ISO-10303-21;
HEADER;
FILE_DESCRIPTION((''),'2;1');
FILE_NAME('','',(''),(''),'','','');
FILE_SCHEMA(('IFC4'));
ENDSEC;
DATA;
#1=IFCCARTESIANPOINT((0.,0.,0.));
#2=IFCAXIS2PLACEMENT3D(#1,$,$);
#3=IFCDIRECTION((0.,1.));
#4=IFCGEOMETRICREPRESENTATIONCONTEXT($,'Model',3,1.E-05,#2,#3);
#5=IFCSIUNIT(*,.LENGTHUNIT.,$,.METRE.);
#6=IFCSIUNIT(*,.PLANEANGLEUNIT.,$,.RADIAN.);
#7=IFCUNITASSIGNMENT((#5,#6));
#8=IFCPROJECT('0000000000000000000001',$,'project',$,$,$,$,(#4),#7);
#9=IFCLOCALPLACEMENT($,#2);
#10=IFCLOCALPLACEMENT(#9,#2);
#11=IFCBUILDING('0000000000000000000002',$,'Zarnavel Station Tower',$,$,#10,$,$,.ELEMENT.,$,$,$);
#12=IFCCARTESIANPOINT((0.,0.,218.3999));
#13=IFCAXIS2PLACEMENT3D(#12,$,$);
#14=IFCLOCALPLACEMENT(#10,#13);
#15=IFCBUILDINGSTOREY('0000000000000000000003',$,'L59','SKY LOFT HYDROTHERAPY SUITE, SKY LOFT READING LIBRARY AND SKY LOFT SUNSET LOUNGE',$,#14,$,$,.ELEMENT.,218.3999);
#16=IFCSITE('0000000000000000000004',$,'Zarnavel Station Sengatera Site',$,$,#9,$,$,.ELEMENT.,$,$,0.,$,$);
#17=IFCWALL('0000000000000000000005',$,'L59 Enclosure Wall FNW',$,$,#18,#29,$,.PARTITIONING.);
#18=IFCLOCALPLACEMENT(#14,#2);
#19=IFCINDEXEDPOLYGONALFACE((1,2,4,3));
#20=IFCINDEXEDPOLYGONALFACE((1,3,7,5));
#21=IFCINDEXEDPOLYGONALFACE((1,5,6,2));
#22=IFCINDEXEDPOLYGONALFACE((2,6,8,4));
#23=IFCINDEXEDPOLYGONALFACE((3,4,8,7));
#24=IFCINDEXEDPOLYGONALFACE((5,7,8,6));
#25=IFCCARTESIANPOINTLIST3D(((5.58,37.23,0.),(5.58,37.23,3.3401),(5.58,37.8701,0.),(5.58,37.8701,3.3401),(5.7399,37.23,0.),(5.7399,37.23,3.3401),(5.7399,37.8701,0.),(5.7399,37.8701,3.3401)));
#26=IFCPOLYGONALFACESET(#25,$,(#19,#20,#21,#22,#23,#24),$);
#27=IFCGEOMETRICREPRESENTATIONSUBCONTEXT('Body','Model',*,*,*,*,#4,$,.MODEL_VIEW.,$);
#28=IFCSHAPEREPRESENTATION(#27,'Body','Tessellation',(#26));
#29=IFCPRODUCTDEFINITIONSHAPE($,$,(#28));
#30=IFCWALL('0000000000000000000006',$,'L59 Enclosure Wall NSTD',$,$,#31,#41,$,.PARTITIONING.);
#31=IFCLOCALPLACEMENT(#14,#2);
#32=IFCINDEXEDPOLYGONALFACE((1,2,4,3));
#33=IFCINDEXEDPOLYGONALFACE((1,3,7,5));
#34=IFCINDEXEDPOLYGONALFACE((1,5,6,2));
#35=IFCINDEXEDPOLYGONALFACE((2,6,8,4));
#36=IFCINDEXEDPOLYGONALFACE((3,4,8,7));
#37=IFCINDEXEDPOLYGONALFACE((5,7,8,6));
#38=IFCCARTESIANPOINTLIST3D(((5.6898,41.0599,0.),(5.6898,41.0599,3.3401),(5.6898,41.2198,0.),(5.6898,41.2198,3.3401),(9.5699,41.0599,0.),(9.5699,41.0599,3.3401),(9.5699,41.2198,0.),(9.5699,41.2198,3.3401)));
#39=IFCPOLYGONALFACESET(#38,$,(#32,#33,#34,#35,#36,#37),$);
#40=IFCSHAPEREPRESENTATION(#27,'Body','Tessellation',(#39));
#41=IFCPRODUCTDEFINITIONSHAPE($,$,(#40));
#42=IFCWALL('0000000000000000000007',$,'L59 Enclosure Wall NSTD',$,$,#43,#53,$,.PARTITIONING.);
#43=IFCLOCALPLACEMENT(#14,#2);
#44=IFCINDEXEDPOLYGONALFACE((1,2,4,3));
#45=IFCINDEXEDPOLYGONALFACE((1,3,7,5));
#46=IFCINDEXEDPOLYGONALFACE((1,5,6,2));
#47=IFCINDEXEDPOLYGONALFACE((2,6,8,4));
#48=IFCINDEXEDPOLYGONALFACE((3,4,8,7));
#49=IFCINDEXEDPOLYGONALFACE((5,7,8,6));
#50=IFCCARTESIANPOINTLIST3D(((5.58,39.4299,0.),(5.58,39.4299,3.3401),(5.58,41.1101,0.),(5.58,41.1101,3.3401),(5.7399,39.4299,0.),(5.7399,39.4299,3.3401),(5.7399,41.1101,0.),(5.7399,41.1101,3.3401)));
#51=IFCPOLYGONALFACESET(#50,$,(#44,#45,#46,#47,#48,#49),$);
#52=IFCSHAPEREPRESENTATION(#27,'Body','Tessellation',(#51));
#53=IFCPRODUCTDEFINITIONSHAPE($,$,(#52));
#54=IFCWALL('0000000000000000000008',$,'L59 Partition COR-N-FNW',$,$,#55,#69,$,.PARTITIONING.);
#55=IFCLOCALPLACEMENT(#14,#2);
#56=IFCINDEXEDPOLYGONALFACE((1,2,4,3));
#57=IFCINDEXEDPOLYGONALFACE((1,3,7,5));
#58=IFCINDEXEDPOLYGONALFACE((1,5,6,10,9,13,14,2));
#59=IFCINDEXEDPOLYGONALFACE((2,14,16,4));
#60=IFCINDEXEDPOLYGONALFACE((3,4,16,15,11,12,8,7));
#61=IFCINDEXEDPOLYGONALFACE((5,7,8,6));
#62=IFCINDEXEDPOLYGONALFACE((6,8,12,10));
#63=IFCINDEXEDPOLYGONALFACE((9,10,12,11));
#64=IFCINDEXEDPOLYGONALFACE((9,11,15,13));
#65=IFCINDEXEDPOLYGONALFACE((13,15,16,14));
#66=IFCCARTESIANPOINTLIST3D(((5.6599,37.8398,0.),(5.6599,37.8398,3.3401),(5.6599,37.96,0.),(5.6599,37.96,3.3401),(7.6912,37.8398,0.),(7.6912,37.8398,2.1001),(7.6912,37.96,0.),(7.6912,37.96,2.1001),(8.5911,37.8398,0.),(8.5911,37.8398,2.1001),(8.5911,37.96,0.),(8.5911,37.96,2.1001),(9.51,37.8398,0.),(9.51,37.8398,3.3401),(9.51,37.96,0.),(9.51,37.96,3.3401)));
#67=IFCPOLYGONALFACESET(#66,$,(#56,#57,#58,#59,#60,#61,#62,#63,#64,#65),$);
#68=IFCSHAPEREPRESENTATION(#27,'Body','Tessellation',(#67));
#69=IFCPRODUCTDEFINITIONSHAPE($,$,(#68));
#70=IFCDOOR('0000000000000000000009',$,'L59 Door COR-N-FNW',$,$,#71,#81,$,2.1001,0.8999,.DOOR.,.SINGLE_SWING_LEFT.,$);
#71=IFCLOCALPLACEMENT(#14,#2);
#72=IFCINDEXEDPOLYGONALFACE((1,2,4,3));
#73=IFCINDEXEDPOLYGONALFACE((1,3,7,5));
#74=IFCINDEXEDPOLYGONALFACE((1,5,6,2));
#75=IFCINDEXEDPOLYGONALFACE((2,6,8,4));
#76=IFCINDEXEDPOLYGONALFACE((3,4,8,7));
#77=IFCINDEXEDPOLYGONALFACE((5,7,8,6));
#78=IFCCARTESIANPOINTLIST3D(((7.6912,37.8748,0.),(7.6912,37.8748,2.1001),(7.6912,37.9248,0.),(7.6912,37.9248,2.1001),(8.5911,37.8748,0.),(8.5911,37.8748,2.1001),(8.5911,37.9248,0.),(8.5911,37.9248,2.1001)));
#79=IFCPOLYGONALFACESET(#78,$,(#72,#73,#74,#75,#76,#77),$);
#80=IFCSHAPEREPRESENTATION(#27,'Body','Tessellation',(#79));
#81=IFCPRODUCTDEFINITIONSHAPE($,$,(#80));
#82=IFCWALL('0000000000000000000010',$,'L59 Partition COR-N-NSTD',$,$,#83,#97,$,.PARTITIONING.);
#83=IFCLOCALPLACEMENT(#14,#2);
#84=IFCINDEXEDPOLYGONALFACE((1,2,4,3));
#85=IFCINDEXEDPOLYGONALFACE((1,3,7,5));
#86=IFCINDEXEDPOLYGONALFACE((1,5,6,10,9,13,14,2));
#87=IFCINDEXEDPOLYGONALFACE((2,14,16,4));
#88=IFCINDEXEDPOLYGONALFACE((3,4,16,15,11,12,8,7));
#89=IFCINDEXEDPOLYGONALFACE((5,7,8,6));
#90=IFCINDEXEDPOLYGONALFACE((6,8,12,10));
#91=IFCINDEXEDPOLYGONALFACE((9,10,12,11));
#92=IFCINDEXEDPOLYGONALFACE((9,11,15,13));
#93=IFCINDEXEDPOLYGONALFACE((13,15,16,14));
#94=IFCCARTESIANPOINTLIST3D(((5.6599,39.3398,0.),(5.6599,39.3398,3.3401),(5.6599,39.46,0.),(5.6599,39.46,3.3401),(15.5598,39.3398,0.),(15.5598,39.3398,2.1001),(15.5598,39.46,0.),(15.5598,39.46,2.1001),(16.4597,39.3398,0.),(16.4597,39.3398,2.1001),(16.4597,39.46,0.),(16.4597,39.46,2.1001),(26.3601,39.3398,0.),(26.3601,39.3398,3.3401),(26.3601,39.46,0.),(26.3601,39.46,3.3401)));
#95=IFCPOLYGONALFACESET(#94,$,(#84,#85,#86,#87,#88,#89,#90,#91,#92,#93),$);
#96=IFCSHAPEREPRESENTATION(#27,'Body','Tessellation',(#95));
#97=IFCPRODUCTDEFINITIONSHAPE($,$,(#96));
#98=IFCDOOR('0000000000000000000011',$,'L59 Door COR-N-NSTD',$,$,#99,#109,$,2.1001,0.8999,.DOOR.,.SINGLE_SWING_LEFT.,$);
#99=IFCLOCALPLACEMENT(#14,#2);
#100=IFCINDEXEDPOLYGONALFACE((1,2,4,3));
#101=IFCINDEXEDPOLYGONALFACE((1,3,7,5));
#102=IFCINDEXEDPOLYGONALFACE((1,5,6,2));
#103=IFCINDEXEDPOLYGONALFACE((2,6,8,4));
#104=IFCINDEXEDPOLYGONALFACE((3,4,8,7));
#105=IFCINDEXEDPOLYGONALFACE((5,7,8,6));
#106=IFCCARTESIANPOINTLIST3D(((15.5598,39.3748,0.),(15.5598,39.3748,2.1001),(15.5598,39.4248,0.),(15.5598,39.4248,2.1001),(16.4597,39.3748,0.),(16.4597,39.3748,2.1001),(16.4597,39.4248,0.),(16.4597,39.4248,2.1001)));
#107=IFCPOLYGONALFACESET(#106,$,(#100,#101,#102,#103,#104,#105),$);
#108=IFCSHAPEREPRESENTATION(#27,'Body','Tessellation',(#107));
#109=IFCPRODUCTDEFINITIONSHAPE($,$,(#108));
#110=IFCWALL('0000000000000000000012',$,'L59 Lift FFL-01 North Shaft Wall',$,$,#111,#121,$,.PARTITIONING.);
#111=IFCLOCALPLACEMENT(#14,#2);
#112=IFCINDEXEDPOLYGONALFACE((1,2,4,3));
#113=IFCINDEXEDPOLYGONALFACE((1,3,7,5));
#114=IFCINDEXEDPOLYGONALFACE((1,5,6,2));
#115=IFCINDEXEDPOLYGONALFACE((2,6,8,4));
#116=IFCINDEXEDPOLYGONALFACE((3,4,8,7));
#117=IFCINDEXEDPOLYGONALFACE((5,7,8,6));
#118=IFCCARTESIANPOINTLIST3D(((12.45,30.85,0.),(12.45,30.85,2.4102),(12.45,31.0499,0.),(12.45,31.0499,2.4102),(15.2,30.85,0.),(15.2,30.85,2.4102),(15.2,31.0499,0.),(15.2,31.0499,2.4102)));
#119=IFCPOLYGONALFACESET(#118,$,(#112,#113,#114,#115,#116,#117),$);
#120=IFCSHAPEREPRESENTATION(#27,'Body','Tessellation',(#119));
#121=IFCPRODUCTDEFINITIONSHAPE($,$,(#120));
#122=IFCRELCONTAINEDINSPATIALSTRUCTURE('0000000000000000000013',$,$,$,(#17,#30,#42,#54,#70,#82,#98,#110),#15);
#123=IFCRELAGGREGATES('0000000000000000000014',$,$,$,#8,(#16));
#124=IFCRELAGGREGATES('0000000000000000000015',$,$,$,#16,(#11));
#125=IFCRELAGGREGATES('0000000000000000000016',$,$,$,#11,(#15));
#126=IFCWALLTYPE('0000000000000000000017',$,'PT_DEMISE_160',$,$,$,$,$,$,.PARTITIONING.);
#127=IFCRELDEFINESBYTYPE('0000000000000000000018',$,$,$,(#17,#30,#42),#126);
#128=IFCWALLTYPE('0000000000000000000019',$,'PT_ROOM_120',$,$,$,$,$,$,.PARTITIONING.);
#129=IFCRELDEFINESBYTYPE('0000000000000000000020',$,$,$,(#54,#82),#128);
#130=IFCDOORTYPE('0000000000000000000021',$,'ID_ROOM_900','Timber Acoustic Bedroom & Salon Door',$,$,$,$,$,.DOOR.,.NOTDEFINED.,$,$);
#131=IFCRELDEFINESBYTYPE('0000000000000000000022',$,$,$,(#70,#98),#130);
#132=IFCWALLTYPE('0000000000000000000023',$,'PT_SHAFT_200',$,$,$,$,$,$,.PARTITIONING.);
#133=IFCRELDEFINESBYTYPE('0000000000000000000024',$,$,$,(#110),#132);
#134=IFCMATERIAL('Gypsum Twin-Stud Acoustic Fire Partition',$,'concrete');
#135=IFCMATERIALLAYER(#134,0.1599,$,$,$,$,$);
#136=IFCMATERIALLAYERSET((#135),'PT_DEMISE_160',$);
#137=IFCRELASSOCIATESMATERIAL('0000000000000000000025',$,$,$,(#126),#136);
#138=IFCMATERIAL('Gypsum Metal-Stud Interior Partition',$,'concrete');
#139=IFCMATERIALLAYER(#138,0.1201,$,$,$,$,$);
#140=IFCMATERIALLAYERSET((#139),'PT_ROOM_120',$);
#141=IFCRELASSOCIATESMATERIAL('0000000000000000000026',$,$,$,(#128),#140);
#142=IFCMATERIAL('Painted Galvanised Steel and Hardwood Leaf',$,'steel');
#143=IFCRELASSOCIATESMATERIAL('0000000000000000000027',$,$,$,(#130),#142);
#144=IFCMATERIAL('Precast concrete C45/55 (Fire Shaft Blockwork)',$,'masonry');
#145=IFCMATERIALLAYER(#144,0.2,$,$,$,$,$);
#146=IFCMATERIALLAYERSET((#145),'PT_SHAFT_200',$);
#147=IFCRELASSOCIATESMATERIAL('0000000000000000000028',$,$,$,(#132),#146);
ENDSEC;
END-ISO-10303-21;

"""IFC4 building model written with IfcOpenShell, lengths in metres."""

from ifc_helpers import new_model, si_unit, direction, frame, frame_2d, origin, place, context, subcontext, project, spatial, rectangle, extrude, material, layer, layer_set, type_object, element, fill, save


model = new_model("IFC4")

# Units and contexts
model_context = context("Model", 3, precision=1e-05, world=origin(), true_north=direction((0.0, 1.0)))
body_context = subcontext(model_context, "Body", "Model", "MODEL_VIEW")
ifc_project = project(units=[si_unit("LENGTHUNIT", "METRE"), si_unit("PLANEANGLEUNIT", "RADIAN")], contexts=[model_context])

# Site, building, storey
site_placement = place(None, origin())
site = spatial("IfcSite", under=ifc_project, at=site_placement, Name="Zarnavel Station Sengatera Site", CompositionType="ELEMENT", RefElevation=0.0)
building_placement = place(site_placement, origin())
building = spatial("IfcBuilding", under=site, at=building_placement, Name="Zarnavel Station Tower", CompositionType="ELEMENT")
storey_placement = place(building_placement, frame((0.0, 0.0, 218.3999)))
storey = spatial("IfcBuildingStorey", under=building, at=storey_placement, Name="L59", Description="SKY LOFT HYDROTHERAPY SUITE, SKY LOFT READING LIBRARY AND SKY LOFT SUNSET LOUNGE", CompositionType="ELEMENT", Elevation=218.3999)

# Walls
ifc_material_1 = material(Name="Gypsum Twin-Stud Acoustic Fire Partition", Category="concrete")
ifc_layer_1 = layer(ifc_material_1, 0.1599)
ifc_layer_set_1 = layer_set([ifc_layer_1], Name="PT_DEMISE_160")
wall_type_1 = type_object("IfcWallType", Name="PT_DEMISE_160", PredefinedType="PARTITIONING", material=ifc_layer_set_1)
wall_1_placement = place(storey_placement, frame((5.6599, 37.23, 0.0), z_axis=(0.0, 0.0, 1.0), x_axis=(0.0, 1.0, 0.0)))
element("IfcWall", 1, at=wall_1_placement, inside=storey, type_object=wall_type_1, Name="L59 Enclosure Wall FNW", PredefinedType="PARTITIONING", context=body_context, shape_type="SweptSolid", body=[
    extrude(rectangle(XDim=0.6401, YDim=0.1599, at=frame_2d((0.3201, 0.0))), origin(), (0.0, 0.0, 1.0), 3.3401),
])
wall_2_placement = place(storey_placement, frame((5.6899, 41.1399, 0.0), z_axis=(0.0, 0.0, 1.0), x_axis=(1.0, 0.0, 0.0)))
element("IfcWall", 2, at=wall_2_placement, inside=storey, type_object=wall_type_1, Name="L59 Enclosure Wall NSTD", PredefinedType="PARTITIONING", context=body_context, shape_type="SweptSolid", body=[
    extrude(rectangle(XDim=3.8801, YDim=0.1599, at=frame_2d((1.9399, 0.0))), origin(), (0.0, 0.0, 1.0), 3.3401),
])
wall_3_placement = place(storey_placement, frame((5.6599, 39.4299, 0.0), z_axis=(0.0, 0.0, 1.0), x_axis=(0.0, 1.0, 0.0)))
element("IfcWall", 3, at=wall_3_placement, inside=storey, type_object=wall_type_1, Name="L59 Enclosure Wall NSTD", PredefinedType="PARTITIONING", context=body_context, shape_type="SweptSolid", body=[
    extrude(rectangle(XDim=1.6802, YDim=0.1599, at=frame_2d((0.8401, 0.0))), origin(), (0.0, 0.0, 1.0), 3.3401),
])

# Walls, openings, doors
ifc_material_2 = material(Name="Gypsum Metal-Stud Interior Partition", Category="concrete")
ifc_layer_2 = layer(ifc_material_2, 0.1201)
ifc_layer_set_2 = layer_set([ifc_layer_2], Name="PT_ROOM_120")
wall_type_2 = type_object("IfcWallType", Name="PT_ROOM_120", PredefinedType="PARTITIONING", material=ifc_layer_set_2)
wall_4_placement = place(storey_placement, frame((5.6599, 37.8999, 0.0), z_axis=(0.0, 0.0, 1.0), x_axis=(1.0, 0.0, 0.0)))
wall_4 = element("IfcWall", 4, at=wall_4_placement, inside=storey, type_object=wall_type_2, Name="L59 Partition COR-N-FNW", PredefinedType="PARTITIONING", context=body_context, shape_type="SweptSolid", body=[
    extrude(rectangle(XDim=3.8501, YDim=0.1201, at=frame_2d((1.925, 0.0))), origin(), (0.0, 0.0, 1.0), 3.3401),
])
opening_1_placement = place(wall_4_placement, frame((2.0312, 0.0, 0.0)))
opening_1 = element("IfcOpeningElement", 5, at=opening_1_placement, cuts=wall_4, PredefinedType="OPENING", context=body_context, shape_type="SweptSolid", body=[
    extrude(rectangle(XDim=0.8999, YDim=2.1001, at=frame_2d((0.45, 1.05))), frame((0.0, 0.0701, 0.0), z_axis=(0.0, -1.0, 0.0), x_axis=(1.0, 0.0, 0.0)), (0.0, 0.0, 1.0), 0.1401),
])
ifc_material_3 = material(Name="Painted Galvanised Steel and Hardwood Leaf", Category="steel")
door_type = type_object("IfcDoorType", Name="ID_ROOM_900", Description="Timber Acoustic Bedroom & Salon Door", OperationType="NOTDEFINED", PredefinedType="DOOR", material=ifc_material_3)
door_1_placement = place(opening_1_placement, origin())
door_1 = element("IfcDoor", 6, at=door_1_placement, inside=storey, type_object=door_type, Name="L59 Door COR-N-FNW", OperationType="SINGLE_SWING_LEFT", OverallHeight=2.1001, OverallWidth=0.8999, PredefinedType="DOOR", context=body_context, shape_type="SweptSolid", body=[
    extrude(rectangle(XDim=0.8999, YDim=2.1001, at=frame_2d((0.45, 1.05))), frame((0.0, 0.0249, 0.0), z_axis=(0.0, -1.0, 0.0), x_axis=(1.0, 0.0, 0.0)), (0.0, 0.0, 1.0), 0.05),
])
fill(opening_1, door_1)
wall_5_placement = place(storey_placement, frame((5.6599, 39.3999, 0.0), z_axis=(0.0, 0.0, 1.0), x_axis=(1.0, 0.0, 0.0)))
wall_5 = element("IfcWall", 7, at=wall_5_placement, inside=storey, type_object=wall_type_2, Name="L59 Partition COR-N-NSTD", PredefinedType="PARTITIONING", context=body_context, shape_type="SweptSolid", body=[
    extrude(rectangle(XDim=20.7002, YDim=0.1201, at=frame_2d((10.3501, 0.0))), origin(), (0.0, 0.0, 1.0), 3.3401),
])
opening_2_placement = place(wall_5_placement, frame((9.8999, 0.0, 0.0)))
opening_2 = element("IfcOpeningElement", 8, at=opening_2_placement, cuts=wall_5, PredefinedType="OPENING", context=body_context, shape_type="SweptSolid", body=[
    extrude(rectangle(XDim=0.8999, YDim=2.1001, at=frame_2d((0.45, 1.05))), frame((0.0, 0.0701, 0.0), z_axis=(0.0, -1.0, 0.0), x_axis=(1.0, 0.0, 0.0)), (0.0, 0.0, 1.0), 0.1401),
])
door_2_placement = place(opening_2_placement, origin())
door_2 = element("IfcDoor", 9, at=door_2_placement, inside=storey, type_object=door_type, Name="L59 Door COR-N-NSTD", OperationType="SINGLE_SWING_LEFT", OverallHeight=2.1001, OverallWidth=0.8999, PredefinedType="DOOR", context=body_context, shape_type="SweptSolid", body=[
    extrude(rectangle(XDim=0.8999, YDim=2.1001, at=frame_2d((0.45, 1.05))), frame((0.0, 0.0249, 0.0), z_axis=(0.0, -1.0, 0.0), x_axis=(1.0, 0.0, 0.0)), (0.0, 0.0, 1.0), 0.05),
])
fill(opening_2, door_2)

# Wall
ifc_material_4 = material(Name="Precast concrete C45/55 (Fire Shaft Blockwork)", Category="masonry")
ifc_layer_3 = layer(ifc_material_4, 0.2)
ifc_layer_set_3 = layer_set([ifc_layer_3], Name="PT_SHAFT_200")
wall_type_3 = type_object("IfcWallType", Name="PT_SHAFT_200", PredefinedType="PARTITIONING", material=ifc_layer_set_3)
wall_6_placement = place(storey_placement, frame((12.45, 30.95, 0.0), z_axis=(0.0, 0.0, 1.0), x_axis=(1.0, 0.0, 0.0)))
element("IfcWall", 10, at=wall_6_placement, inside=storey, type_object=wall_type_3, Name="L59 Lift FFL-01 North Shaft Wall", PredefinedType="PARTITIONING", context=body_context, shape_type="SweptSolid", body=[
    extrude(rectangle(XDim=2.75, YDim=0.2, at=frame_2d((1.375, 0.0))), origin(), (0.0, 0.0, 1.0), 2.4102),
])

save(model, "model.ifc")
